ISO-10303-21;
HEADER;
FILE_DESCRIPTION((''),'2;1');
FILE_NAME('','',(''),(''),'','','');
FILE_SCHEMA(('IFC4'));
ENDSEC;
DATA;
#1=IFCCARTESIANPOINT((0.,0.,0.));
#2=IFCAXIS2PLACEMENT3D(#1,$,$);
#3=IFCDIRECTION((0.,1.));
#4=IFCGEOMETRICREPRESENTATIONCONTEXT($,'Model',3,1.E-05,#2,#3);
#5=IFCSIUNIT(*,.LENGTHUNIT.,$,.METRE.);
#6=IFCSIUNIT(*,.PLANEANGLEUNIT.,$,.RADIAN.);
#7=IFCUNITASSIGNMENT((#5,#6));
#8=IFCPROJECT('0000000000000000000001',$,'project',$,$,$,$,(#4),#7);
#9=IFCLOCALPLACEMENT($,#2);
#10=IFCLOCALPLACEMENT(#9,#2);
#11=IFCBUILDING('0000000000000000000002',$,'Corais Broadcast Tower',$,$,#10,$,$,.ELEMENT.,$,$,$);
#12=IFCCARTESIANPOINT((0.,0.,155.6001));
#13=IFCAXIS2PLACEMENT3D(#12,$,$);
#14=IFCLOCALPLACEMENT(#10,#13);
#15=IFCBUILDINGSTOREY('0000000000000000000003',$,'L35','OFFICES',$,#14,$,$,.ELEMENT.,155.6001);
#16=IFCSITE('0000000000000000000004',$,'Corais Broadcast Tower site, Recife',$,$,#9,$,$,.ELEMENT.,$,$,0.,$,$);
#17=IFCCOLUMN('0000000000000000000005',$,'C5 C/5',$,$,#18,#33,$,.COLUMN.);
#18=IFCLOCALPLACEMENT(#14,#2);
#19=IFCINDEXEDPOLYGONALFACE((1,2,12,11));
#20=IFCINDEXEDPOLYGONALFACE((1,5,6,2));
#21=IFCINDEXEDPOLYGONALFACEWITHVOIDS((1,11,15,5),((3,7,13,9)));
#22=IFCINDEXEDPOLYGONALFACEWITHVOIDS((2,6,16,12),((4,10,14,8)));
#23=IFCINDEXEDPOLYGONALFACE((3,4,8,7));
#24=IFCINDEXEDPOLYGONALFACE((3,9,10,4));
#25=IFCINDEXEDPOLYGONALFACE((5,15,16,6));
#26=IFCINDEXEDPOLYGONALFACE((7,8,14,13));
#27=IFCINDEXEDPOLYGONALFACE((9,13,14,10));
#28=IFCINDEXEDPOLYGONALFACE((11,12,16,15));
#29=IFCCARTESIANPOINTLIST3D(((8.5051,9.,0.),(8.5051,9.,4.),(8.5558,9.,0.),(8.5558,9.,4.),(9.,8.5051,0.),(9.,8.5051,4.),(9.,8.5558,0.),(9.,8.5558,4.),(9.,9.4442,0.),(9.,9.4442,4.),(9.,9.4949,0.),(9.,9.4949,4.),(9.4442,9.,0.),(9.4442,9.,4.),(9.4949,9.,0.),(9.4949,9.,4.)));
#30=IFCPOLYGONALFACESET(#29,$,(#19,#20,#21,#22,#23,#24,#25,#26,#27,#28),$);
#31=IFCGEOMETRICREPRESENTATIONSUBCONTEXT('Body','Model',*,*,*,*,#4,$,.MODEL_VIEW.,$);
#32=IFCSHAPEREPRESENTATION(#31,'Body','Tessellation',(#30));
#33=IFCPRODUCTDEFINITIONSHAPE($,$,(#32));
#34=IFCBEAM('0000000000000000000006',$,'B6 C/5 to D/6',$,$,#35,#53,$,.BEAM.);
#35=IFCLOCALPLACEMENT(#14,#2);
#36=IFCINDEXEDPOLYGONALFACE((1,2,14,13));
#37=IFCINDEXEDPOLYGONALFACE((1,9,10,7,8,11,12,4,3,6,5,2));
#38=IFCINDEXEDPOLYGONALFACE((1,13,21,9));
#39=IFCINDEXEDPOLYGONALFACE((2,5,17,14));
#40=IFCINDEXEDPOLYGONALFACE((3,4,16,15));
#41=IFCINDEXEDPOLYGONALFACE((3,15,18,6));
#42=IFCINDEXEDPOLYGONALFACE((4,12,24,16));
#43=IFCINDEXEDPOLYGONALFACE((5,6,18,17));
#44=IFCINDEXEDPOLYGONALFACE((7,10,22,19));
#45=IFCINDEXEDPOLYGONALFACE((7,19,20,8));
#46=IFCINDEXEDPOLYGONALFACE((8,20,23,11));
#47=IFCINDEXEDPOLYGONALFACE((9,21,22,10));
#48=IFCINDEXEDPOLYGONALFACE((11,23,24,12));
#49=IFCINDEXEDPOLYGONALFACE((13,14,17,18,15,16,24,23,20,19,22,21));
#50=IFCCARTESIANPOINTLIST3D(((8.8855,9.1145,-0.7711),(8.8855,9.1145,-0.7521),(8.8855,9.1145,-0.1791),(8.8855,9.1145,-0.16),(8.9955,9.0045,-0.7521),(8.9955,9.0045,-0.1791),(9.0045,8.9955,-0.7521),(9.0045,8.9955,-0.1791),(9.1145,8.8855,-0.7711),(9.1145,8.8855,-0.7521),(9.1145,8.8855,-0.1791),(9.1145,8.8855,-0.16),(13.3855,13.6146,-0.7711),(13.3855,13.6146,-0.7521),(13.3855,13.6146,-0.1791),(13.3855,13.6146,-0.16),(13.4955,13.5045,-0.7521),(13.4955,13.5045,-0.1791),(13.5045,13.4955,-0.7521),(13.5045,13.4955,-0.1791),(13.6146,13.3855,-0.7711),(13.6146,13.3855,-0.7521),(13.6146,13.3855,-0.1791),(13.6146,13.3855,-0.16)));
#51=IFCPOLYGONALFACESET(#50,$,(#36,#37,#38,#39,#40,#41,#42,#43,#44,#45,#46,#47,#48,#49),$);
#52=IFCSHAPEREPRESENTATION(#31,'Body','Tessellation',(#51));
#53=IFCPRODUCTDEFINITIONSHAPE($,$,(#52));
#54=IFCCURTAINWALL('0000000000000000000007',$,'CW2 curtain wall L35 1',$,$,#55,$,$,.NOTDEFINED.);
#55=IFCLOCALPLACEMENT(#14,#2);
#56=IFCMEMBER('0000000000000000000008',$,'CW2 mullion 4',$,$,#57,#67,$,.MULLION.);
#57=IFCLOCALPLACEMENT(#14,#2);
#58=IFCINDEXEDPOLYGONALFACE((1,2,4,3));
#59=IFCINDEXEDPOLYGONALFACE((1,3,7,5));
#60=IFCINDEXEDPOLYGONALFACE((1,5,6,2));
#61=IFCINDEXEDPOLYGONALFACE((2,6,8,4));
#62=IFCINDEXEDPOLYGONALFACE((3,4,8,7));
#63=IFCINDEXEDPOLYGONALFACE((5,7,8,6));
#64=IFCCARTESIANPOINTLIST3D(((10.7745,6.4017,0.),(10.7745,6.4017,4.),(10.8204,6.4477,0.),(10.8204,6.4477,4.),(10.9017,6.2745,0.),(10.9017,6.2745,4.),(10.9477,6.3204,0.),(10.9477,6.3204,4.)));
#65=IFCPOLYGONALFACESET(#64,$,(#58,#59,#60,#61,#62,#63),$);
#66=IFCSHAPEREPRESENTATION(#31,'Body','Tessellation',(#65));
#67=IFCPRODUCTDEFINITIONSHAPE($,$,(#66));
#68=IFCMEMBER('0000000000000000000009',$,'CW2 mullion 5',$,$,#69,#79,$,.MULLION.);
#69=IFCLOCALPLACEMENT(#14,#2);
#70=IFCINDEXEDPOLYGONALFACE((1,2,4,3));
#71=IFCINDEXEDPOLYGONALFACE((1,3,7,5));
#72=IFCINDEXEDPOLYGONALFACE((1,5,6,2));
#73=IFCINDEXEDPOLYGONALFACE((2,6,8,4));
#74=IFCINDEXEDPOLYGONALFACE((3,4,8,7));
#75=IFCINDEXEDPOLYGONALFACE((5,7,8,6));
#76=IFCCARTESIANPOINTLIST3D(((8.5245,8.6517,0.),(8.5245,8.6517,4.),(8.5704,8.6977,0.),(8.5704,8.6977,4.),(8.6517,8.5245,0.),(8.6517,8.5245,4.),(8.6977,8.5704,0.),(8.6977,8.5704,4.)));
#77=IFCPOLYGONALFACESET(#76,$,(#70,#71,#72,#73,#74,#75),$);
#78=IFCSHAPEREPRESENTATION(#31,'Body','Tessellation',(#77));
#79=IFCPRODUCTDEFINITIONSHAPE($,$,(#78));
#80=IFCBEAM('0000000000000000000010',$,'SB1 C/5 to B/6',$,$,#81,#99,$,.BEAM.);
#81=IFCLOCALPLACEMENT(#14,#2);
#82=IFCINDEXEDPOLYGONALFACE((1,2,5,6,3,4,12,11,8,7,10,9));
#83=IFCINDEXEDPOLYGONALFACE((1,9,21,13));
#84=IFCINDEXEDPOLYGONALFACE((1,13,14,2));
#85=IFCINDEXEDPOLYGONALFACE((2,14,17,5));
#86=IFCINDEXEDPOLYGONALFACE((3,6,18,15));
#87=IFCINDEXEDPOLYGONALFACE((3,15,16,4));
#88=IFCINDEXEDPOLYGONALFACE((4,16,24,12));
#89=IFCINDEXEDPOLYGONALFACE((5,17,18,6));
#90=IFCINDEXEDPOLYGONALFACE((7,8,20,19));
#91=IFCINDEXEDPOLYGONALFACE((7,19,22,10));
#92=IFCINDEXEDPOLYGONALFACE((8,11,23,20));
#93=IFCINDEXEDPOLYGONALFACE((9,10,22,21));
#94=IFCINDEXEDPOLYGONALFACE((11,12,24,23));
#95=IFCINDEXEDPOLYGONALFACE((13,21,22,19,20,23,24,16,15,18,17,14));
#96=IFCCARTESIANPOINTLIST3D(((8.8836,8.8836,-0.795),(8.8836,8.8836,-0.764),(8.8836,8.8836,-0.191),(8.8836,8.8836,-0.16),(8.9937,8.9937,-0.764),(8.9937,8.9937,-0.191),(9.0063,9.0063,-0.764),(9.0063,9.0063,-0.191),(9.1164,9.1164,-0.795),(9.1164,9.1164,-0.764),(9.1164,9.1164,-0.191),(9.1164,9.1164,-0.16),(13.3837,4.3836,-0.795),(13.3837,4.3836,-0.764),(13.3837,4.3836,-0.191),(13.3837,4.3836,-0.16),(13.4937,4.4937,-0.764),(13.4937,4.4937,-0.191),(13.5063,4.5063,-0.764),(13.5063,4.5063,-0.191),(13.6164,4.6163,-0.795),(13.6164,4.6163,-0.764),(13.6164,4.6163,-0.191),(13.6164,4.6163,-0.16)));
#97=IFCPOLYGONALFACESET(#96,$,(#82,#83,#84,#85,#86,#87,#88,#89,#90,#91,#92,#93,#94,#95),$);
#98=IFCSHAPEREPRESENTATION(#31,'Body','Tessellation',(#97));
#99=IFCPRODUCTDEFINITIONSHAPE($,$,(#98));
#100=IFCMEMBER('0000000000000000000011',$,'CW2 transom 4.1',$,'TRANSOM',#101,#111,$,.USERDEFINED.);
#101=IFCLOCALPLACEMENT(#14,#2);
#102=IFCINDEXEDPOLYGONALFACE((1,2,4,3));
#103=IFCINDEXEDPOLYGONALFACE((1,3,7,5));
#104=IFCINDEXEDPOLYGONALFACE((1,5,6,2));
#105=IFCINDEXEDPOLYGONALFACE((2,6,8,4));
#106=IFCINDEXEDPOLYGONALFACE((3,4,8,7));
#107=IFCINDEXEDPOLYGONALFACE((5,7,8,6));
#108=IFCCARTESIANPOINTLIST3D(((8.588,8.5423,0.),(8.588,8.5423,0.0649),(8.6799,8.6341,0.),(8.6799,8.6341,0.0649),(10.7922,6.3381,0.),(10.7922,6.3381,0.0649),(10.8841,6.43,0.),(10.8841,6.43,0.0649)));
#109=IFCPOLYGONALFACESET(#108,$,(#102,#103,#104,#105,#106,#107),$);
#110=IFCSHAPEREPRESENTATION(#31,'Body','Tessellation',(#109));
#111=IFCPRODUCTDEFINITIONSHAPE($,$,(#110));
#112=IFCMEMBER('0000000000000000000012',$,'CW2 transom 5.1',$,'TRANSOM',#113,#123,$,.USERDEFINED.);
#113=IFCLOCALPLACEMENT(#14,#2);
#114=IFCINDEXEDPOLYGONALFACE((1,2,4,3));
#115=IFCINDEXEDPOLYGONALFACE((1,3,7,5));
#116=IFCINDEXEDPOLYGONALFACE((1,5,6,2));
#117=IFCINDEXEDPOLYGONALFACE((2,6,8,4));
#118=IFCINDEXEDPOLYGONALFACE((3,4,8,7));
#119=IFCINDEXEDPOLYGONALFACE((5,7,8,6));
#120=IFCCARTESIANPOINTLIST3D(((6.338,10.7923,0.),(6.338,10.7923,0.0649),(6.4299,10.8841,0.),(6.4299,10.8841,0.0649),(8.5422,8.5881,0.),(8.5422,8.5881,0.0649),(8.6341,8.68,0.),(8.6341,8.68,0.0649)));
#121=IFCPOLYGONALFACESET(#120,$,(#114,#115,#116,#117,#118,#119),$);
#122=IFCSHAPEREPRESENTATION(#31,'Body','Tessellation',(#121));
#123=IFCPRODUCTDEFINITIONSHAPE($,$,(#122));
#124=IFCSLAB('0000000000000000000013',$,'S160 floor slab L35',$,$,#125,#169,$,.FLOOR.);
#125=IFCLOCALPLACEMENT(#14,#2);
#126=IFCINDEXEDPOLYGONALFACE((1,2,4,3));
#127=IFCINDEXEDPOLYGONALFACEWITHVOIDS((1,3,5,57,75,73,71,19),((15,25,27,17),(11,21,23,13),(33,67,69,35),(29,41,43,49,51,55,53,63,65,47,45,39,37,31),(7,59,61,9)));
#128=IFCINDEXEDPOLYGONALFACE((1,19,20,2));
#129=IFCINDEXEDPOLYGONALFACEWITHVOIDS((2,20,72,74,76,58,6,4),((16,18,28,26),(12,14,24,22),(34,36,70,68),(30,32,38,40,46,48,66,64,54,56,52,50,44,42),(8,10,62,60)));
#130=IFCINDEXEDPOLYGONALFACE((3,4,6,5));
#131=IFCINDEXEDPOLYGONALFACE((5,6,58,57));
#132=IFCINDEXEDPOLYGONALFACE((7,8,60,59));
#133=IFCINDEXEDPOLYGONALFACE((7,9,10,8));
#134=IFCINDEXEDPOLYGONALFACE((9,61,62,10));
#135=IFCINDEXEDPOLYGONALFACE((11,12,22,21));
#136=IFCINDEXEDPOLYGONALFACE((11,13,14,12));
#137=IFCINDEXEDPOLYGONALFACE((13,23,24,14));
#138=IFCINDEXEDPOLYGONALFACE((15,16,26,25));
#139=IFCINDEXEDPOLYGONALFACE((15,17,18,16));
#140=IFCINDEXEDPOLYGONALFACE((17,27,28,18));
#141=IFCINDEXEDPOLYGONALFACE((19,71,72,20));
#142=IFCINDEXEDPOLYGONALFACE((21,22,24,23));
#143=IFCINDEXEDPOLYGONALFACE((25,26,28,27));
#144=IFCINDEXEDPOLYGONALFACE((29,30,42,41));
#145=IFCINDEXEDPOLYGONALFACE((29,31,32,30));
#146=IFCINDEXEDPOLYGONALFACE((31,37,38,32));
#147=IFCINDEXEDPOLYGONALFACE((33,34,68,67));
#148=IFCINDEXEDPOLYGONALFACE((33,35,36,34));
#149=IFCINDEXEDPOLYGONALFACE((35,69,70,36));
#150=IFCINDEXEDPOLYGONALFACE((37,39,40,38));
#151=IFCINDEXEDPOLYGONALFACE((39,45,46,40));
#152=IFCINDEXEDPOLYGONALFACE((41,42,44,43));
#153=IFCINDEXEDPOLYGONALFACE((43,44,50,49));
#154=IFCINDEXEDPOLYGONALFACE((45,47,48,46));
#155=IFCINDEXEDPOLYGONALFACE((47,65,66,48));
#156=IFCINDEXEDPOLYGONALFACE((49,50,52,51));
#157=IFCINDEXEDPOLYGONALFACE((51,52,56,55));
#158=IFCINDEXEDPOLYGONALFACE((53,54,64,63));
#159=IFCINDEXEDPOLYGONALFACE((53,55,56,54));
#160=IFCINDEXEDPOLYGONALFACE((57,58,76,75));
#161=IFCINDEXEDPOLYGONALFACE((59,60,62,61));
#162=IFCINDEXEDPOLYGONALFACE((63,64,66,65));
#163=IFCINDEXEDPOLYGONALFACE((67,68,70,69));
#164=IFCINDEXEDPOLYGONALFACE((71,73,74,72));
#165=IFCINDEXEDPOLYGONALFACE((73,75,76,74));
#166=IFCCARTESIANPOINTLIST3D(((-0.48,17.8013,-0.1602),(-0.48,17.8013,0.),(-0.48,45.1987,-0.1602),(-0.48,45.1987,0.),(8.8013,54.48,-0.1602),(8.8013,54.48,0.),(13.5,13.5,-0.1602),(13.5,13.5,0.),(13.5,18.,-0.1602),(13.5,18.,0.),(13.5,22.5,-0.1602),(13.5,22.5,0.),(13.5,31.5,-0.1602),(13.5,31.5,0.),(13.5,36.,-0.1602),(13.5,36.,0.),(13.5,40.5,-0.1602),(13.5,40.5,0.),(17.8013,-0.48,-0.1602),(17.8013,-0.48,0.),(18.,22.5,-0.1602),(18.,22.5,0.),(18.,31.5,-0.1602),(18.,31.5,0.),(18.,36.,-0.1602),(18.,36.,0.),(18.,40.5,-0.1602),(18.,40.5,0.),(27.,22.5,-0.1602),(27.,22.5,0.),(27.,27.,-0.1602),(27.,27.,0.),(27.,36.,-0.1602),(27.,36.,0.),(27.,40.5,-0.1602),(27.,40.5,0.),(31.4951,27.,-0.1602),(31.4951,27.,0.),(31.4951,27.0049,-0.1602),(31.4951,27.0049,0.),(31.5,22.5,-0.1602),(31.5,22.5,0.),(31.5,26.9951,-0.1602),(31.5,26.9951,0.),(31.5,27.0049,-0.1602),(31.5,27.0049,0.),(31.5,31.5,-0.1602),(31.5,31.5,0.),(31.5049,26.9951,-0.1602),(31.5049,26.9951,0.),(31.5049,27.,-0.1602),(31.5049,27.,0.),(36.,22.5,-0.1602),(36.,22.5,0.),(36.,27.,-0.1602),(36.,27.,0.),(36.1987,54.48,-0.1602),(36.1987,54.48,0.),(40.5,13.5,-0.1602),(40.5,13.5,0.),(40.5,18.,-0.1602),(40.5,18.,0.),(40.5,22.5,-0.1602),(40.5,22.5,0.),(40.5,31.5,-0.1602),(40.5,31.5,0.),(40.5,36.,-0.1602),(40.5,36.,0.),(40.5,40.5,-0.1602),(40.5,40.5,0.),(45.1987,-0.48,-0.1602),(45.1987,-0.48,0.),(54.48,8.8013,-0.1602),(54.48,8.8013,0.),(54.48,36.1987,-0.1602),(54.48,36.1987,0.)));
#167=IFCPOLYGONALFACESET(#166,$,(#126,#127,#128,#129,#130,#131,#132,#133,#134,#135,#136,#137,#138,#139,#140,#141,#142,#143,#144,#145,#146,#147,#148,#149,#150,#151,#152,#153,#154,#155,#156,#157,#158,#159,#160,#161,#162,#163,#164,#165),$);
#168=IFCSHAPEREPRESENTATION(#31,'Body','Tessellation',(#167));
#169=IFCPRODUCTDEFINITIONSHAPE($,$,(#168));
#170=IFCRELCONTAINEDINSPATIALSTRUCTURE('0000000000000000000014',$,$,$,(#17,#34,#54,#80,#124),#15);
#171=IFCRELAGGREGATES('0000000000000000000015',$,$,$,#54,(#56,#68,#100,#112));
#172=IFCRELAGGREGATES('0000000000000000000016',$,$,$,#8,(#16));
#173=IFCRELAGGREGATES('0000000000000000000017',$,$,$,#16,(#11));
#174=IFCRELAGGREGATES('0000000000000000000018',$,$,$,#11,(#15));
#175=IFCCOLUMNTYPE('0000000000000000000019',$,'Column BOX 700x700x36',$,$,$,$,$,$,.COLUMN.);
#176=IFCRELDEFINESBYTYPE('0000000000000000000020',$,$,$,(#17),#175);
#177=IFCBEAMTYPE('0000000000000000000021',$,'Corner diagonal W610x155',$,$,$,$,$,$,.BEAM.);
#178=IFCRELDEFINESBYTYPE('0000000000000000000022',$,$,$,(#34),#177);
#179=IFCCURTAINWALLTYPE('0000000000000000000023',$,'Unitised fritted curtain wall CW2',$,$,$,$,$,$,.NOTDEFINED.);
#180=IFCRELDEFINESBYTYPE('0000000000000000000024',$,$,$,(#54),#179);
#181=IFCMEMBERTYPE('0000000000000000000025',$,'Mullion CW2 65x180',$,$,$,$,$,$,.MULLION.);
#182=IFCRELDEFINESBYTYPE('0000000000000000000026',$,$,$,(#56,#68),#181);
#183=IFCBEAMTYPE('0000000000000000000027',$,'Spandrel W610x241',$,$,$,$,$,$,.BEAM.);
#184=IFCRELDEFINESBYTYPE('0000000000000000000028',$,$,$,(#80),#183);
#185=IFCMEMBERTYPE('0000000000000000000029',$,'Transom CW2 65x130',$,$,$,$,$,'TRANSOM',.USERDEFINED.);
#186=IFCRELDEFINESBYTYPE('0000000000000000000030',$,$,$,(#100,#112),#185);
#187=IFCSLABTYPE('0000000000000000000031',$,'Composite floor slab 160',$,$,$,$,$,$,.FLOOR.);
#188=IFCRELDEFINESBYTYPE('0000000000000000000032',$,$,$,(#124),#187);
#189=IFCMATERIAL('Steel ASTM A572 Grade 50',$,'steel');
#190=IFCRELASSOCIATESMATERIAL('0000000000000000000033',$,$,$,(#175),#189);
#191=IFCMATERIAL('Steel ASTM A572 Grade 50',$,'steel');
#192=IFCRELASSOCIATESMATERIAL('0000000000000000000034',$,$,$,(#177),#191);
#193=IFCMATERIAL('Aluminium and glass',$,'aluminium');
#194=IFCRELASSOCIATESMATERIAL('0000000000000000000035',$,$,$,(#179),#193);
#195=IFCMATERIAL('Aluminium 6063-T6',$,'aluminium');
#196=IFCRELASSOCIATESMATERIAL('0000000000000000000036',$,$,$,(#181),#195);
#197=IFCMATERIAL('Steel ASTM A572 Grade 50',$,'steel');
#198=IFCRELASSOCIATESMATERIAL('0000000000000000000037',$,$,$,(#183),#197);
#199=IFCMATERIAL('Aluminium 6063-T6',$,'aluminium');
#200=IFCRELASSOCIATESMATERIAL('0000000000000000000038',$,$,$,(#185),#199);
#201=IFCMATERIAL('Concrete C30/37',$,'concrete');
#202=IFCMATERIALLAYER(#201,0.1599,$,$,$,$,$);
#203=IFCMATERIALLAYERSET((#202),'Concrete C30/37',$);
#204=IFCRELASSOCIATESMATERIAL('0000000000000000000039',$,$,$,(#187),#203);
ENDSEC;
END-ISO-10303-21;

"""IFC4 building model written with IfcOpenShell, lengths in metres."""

from ifc_helpers import new_model, si_unit, direction, frame, origin, origin_2d, place, context, subcontext, project, spatial, polyline, rectangle, hollow_rectangle, i_section, outline, extrude, material, layer, layer_set, material_profile, profile_set, type_object, element, aggregate, save


model = new_model("IFC4")

# Units and contexts
model_context = context("Model", 3, precision=1e-05, world=origin(), true_north=direction((0.0, 1.0)))
body_context = subcontext(model_context, "Body", "Model", "MODEL_VIEW")
ifc_project = project(units=[si_unit("LENGTHUNIT", "METRE"), si_unit("PLANEANGLEUNIT", "RADIAN")], contexts=[model_context])

# Site, building, storey
site_placement = place(None, origin())
site = spatial("IfcSite", under=ifc_project, at=site_placement, Name="Corais Broadcast Tower site, Recife", CompositionType="ELEMENT", RefElevation=0.0)
building_placement = place(site_placement, origin())
building = spatial("IfcBuilding", under=site, at=building_placement, Name="Corais Broadcast Tower", CompositionType="ELEMENT")
storey_placement = place(building_placement, frame((0.0, 0.0, 155.6001)))
storey = spatial("IfcBuildingStorey", under=building, at=storey_placement, Name="L35", Description="OFFICES", CompositionType="ELEMENT", Elevation=155.6001)

# Column
ifc_material_1 = material(Name="Steel ASTM A572 Grade 50", Category="steel")
ifc_material_profile_1 = material_profile(ifc_material_1, hollow_rectangle(XDim=0.7, YDim=0.7, WallThickness=0.0359, at=origin_2d()), Name="BOX 700x700x36")
ifc_profile_set_1 = profile_set([ifc_material_profile_1], Name="Steel ASTM A572 Grade 50")
column_type = type_object("IfcColumnType", Name="Column BOX 700x700x36", PredefinedType="COLUMN", material=ifc_profile_set_1)
column_placement = place(storey_placement, frame((9.0, 9.0, 0.0), z_axis=(0.0, 0.0, 1.0), x_axis=(0.707107, 0.707107, 0.0)))
element("IfcColumn", 1, at=column_placement, inside=storey, type_object=column_type, Name="C5 C/5", PredefinedType="COLUMN", context=body_context, shape_type="SweptSolid", body=[
    extrude(hollow_rectangle(XDim=0.7, YDim=0.7, WallThickness=0.0359, at=origin_2d()), origin(), (0.0, 0.0, 1.0), 4.0),
])

# Beam
ifc_material_2 = material(Name="Steel ASTM A572 Grade 50", Category="steel")
ifc_material_profile_2 = material_profile(ifc_material_2, i_section(OverallWidth=0.324, OverallDepth=0.6111, WebThickness=0.0127, FlangeThickness=0.019, at=origin_2d()), Name="W610x155")
ifc_profile_set_2 = profile_set([ifc_material_profile_2], Name="Steel ASTM A572 Grade 50")
beam_type_1 = type_object("IfcBeamType", Name="Corner diagonal W610x155", PredefinedType="BEAM", material=ifc_profile_set_2)
beam_1_placement = place(storey_placement, frame((9.0, 9.0, -0.4656), z_axis=(0.707107, 0.707107, 0.0), x_axis=(-0.707107, 0.707107, 0.0)))
element("IfcBeam", 2, at=beam_1_placement, inside=storey, type_object=beam_type_1, Name="B6 C/5 to D/6", PredefinedType="BEAM", context=body_context, shape_type="SweptSolid", body=[
    extrude(i_section(OverallWidth=0.324, OverallDepth=0.6111, WebThickness=0.0127, FlangeThickness=0.019, at=origin_2d()), origin(), (0.0, 0.0, 1.0), 6.364),
])

# Curtain wall, members
ifc_material_3 = material(Name="Aluminium and glass", Category="aluminium")
curtain_wall_type = type_object("IfcCurtainWallType", Name="Unitised fritted curtain wall CW2", PredefinedType="NOTDEFINED", material=ifc_material_3)
curtain_wall_placement = place(storey_placement, origin())
curtain_wall = element("IfcCurtainWall", 3, at=curtain_wall_placement, inside=storey, type_object=curtain_wall_type, Name="CW2 curtain wall L35 1", PredefinedType="NOTDEFINED")
ifc_material_4 = material(Name="Aluminium 6063-T6", Category="aluminium")
ifc_material_profile_3 = material_profile(ifc_material_4, rectangle(XDim=0.0649, YDim=0.1799, at=origin_2d()), Name="Mullion CW2 65x180")
ifc_profile_set_3 = profile_set([ifc_material_profile_3], Name="Aluminium 6063-T6")
member_type_1 = type_object("IfcMemberType", Name="Mullion CW2 65x180", PredefinedType="MULLION", material=ifc_profile_set_3)
member_1_placement = place(storey_placement, frame((10.8611, 6.3611, 0.0), z_axis=(0.0, 0.0, 1.0), x_axis=(-0.707107, -0.707107, 0.0)))
member_1 = element("IfcMember", 4, at=member_1_placement, type_object=member_type_1, Name="CW2 mullion 4", PredefinedType="MULLION", context=body_context, shape_type="SweptSolid", body=[
    extrude(rectangle(XDim=0.0649, YDim=0.1799, at=origin_2d()), origin(), (0.0, 0.0, 1.0), 4.0),
])
member_2_placement = place(storey_placement, frame((8.6111, 8.6111, 0.0), z_axis=(0.0, 0.0, 1.0), x_axis=(-0.707107, -0.707107, 0.0)))
member_2 = element("IfcMember", 5, at=member_2_placement, type_object=member_type_1, Name="CW2 mullion 5", PredefinedType="MULLION", context=body_context, shape_type="SweptSolid", body=[
    extrude(rectangle(XDim=0.0649, YDim=0.1799, at=origin_2d()), origin(), (0.0, 0.0, 1.0), 4.0),
])

# Beam
ifc_material_5 = material(Name="Steel ASTM A572 Grade 50", Category="steel")
ifc_material_profile_4 = material_profile(ifc_material_5, i_section(OverallWidth=0.3291, OverallDepth=0.635, WebThickness=0.0178, FlangeThickness=0.031, at=origin_2d()), Name="W610x241")
ifc_profile_set_4 = profile_set([ifc_material_profile_4], Name="Steel ASTM A572 Grade 50")
beam_type_2 = type_object("IfcBeamType", Name="Spandrel W610x241", PredefinedType="BEAM", material=ifc_profile_set_4)
beam_2_placement = place(storey_placement, frame((9.0, 9.0, -0.4775), z_axis=(0.707107, -0.707107, 0.0), x_axis=(0.707107, 0.707107, 0.0)))
element("IfcBeam", 6, at=beam_2_placement, inside=storey, type_object=beam_type_2, Name="SB1 C/5 to B/6", PredefinedType="BEAM", context=body_context, shape_type="SweptSolid", body=[
    extrude(i_section(OverallWidth=0.3291, OverallDepth=0.635, WebThickness=0.0178, FlangeThickness=0.031, at=origin_2d()), origin(), (0.0, 0.0, 1.0), 6.364),
])

# Members
ifc_material_6 = material(Name="Aluminium 6063-T6", Category="aluminium")
ifc_material_profile_5 = material_profile(ifc_material_6, rectangle(XDim=0.1299, YDim=0.0649, at=origin_2d()), Name="Transom CW2 65x130")
ifc_profile_set_5 = profile_set([ifc_material_profile_5], Name="Aluminium 6063-T6")
member_type_2 = type_object("IfcMemberType", Name="Transom CW2 65x130", ElementType="TRANSOM", PredefinedType="USERDEFINED", material=ifc_profile_set_5)
member_3_placement = place(storey_placement, frame((10.8381, 6.384, 0.0325), z_axis=(-0.707107, 0.707107, 0.0), x_axis=(-0.707107, -0.707107, 0.0)))
member_3 = element("IfcMember", 7, at=member_3_placement, type_object=member_type_2, Name="CW2 transom 4.1", ObjectType="TRANSOM", PredefinedType="USERDEFINED", context=body_context, shape_type="SweptSolid", body=[
    extrude(rectangle(XDim=0.1299, YDim=0.0649, at=origin_2d()), origin(), (0.0, 0.0, 1.0), 3.1172),
])
member_4_placement = place(storey_placement, frame((8.5881, 8.634, 0.0325), z_axis=(-0.707107, 0.707107, 0.0), x_axis=(-0.707107, -0.707107, 0.0)))
member_4 = element("IfcMember", 8, at=member_4_placement, type_object=member_type_2, Name="CW2 transom 5.1", ObjectType="TRANSOM", PredefinedType="USERDEFINED", context=body_context, shape_type="SweptSolid", body=[
    extrude(rectangle(XDim=0.1299, YDim=0.0649, at=origin_2d()), origin(), (0.0, 0.0, 1.0), 3.1172),
])

# Slab
ifc_material_7 = material(Name="Concrete C30/37", Category="concrete")
ifc_layer_1 = layer(ifc_material_7, 0.1599)
ifc_layer_set_1 = layer_set([ifc_layer_1], Name="Concrete C30/37")
slab_type_1 = type_object("IfcSlabType", Name="Composite floor slab 160", PredefinedType="FLOOR", material=ifc_layer_set_1)
slab_1_placement = place(storey_placement, frame((0.0, 0.0, -0.1602)))
element("IfcSlab", 9, at=slab_1_placement, inside=storey, type_object=slab_type_1, Name="S160 floor slab L35", PredefinedType="FLOOR", context=body_context, shape_type="SweptSolid", body=[
    extrude(outline(polyline([(17.8013, -0.48), (-0.48, 17.8013), (-0.48, 45.1987), (8.8013, 54.48), (36.1987, 54.48), (54.48, 36.1987), (54.48, 8.8013), (45.1987, -0.48), (17.8013, -0.48)]), holes=[polyline([(13.5, 18.0), (40.5, 18.0), (40.5, 13.5), (13.5, 13.5), (13.5, 18.0)]), polyline([(18.0, 22.5), (13.5, 22.5), (13.5, 31.5), (18.0, 31.5), (18.0, 22.5)]), polyline([(18.0, 36.0), (13.5, 36.0), (13.5, 40.5), (18.0, 40.5), (18.0, 36.0)]), polyline([(31.5, 22.5), (27.0, 22.5), (27.0, 27.0), (31.4951, 27.0), (31.4951, 27.0049), (31.5, 27.0049), (31.5, 31.5), (40.5, 31.5), (40.5, 22.5), (36.0, 22.5), (36.0, 27.0), (31.5049, 27.0), (31.5049, 26.9951), (31.5, 26.9951), (31.5, 22.5)]), polyline([(27.0, 40.5), (40.5, 40.5), (40.5, 36.0), (27.0, 36.0), (27.0, 40.5)])]), origin(), (0.0, 0.0, 1.0), 0.1602),
])

aggregate(curtain_wall, [member_1, member_2, member_3, member_4])

save(model, "model.ifc")
